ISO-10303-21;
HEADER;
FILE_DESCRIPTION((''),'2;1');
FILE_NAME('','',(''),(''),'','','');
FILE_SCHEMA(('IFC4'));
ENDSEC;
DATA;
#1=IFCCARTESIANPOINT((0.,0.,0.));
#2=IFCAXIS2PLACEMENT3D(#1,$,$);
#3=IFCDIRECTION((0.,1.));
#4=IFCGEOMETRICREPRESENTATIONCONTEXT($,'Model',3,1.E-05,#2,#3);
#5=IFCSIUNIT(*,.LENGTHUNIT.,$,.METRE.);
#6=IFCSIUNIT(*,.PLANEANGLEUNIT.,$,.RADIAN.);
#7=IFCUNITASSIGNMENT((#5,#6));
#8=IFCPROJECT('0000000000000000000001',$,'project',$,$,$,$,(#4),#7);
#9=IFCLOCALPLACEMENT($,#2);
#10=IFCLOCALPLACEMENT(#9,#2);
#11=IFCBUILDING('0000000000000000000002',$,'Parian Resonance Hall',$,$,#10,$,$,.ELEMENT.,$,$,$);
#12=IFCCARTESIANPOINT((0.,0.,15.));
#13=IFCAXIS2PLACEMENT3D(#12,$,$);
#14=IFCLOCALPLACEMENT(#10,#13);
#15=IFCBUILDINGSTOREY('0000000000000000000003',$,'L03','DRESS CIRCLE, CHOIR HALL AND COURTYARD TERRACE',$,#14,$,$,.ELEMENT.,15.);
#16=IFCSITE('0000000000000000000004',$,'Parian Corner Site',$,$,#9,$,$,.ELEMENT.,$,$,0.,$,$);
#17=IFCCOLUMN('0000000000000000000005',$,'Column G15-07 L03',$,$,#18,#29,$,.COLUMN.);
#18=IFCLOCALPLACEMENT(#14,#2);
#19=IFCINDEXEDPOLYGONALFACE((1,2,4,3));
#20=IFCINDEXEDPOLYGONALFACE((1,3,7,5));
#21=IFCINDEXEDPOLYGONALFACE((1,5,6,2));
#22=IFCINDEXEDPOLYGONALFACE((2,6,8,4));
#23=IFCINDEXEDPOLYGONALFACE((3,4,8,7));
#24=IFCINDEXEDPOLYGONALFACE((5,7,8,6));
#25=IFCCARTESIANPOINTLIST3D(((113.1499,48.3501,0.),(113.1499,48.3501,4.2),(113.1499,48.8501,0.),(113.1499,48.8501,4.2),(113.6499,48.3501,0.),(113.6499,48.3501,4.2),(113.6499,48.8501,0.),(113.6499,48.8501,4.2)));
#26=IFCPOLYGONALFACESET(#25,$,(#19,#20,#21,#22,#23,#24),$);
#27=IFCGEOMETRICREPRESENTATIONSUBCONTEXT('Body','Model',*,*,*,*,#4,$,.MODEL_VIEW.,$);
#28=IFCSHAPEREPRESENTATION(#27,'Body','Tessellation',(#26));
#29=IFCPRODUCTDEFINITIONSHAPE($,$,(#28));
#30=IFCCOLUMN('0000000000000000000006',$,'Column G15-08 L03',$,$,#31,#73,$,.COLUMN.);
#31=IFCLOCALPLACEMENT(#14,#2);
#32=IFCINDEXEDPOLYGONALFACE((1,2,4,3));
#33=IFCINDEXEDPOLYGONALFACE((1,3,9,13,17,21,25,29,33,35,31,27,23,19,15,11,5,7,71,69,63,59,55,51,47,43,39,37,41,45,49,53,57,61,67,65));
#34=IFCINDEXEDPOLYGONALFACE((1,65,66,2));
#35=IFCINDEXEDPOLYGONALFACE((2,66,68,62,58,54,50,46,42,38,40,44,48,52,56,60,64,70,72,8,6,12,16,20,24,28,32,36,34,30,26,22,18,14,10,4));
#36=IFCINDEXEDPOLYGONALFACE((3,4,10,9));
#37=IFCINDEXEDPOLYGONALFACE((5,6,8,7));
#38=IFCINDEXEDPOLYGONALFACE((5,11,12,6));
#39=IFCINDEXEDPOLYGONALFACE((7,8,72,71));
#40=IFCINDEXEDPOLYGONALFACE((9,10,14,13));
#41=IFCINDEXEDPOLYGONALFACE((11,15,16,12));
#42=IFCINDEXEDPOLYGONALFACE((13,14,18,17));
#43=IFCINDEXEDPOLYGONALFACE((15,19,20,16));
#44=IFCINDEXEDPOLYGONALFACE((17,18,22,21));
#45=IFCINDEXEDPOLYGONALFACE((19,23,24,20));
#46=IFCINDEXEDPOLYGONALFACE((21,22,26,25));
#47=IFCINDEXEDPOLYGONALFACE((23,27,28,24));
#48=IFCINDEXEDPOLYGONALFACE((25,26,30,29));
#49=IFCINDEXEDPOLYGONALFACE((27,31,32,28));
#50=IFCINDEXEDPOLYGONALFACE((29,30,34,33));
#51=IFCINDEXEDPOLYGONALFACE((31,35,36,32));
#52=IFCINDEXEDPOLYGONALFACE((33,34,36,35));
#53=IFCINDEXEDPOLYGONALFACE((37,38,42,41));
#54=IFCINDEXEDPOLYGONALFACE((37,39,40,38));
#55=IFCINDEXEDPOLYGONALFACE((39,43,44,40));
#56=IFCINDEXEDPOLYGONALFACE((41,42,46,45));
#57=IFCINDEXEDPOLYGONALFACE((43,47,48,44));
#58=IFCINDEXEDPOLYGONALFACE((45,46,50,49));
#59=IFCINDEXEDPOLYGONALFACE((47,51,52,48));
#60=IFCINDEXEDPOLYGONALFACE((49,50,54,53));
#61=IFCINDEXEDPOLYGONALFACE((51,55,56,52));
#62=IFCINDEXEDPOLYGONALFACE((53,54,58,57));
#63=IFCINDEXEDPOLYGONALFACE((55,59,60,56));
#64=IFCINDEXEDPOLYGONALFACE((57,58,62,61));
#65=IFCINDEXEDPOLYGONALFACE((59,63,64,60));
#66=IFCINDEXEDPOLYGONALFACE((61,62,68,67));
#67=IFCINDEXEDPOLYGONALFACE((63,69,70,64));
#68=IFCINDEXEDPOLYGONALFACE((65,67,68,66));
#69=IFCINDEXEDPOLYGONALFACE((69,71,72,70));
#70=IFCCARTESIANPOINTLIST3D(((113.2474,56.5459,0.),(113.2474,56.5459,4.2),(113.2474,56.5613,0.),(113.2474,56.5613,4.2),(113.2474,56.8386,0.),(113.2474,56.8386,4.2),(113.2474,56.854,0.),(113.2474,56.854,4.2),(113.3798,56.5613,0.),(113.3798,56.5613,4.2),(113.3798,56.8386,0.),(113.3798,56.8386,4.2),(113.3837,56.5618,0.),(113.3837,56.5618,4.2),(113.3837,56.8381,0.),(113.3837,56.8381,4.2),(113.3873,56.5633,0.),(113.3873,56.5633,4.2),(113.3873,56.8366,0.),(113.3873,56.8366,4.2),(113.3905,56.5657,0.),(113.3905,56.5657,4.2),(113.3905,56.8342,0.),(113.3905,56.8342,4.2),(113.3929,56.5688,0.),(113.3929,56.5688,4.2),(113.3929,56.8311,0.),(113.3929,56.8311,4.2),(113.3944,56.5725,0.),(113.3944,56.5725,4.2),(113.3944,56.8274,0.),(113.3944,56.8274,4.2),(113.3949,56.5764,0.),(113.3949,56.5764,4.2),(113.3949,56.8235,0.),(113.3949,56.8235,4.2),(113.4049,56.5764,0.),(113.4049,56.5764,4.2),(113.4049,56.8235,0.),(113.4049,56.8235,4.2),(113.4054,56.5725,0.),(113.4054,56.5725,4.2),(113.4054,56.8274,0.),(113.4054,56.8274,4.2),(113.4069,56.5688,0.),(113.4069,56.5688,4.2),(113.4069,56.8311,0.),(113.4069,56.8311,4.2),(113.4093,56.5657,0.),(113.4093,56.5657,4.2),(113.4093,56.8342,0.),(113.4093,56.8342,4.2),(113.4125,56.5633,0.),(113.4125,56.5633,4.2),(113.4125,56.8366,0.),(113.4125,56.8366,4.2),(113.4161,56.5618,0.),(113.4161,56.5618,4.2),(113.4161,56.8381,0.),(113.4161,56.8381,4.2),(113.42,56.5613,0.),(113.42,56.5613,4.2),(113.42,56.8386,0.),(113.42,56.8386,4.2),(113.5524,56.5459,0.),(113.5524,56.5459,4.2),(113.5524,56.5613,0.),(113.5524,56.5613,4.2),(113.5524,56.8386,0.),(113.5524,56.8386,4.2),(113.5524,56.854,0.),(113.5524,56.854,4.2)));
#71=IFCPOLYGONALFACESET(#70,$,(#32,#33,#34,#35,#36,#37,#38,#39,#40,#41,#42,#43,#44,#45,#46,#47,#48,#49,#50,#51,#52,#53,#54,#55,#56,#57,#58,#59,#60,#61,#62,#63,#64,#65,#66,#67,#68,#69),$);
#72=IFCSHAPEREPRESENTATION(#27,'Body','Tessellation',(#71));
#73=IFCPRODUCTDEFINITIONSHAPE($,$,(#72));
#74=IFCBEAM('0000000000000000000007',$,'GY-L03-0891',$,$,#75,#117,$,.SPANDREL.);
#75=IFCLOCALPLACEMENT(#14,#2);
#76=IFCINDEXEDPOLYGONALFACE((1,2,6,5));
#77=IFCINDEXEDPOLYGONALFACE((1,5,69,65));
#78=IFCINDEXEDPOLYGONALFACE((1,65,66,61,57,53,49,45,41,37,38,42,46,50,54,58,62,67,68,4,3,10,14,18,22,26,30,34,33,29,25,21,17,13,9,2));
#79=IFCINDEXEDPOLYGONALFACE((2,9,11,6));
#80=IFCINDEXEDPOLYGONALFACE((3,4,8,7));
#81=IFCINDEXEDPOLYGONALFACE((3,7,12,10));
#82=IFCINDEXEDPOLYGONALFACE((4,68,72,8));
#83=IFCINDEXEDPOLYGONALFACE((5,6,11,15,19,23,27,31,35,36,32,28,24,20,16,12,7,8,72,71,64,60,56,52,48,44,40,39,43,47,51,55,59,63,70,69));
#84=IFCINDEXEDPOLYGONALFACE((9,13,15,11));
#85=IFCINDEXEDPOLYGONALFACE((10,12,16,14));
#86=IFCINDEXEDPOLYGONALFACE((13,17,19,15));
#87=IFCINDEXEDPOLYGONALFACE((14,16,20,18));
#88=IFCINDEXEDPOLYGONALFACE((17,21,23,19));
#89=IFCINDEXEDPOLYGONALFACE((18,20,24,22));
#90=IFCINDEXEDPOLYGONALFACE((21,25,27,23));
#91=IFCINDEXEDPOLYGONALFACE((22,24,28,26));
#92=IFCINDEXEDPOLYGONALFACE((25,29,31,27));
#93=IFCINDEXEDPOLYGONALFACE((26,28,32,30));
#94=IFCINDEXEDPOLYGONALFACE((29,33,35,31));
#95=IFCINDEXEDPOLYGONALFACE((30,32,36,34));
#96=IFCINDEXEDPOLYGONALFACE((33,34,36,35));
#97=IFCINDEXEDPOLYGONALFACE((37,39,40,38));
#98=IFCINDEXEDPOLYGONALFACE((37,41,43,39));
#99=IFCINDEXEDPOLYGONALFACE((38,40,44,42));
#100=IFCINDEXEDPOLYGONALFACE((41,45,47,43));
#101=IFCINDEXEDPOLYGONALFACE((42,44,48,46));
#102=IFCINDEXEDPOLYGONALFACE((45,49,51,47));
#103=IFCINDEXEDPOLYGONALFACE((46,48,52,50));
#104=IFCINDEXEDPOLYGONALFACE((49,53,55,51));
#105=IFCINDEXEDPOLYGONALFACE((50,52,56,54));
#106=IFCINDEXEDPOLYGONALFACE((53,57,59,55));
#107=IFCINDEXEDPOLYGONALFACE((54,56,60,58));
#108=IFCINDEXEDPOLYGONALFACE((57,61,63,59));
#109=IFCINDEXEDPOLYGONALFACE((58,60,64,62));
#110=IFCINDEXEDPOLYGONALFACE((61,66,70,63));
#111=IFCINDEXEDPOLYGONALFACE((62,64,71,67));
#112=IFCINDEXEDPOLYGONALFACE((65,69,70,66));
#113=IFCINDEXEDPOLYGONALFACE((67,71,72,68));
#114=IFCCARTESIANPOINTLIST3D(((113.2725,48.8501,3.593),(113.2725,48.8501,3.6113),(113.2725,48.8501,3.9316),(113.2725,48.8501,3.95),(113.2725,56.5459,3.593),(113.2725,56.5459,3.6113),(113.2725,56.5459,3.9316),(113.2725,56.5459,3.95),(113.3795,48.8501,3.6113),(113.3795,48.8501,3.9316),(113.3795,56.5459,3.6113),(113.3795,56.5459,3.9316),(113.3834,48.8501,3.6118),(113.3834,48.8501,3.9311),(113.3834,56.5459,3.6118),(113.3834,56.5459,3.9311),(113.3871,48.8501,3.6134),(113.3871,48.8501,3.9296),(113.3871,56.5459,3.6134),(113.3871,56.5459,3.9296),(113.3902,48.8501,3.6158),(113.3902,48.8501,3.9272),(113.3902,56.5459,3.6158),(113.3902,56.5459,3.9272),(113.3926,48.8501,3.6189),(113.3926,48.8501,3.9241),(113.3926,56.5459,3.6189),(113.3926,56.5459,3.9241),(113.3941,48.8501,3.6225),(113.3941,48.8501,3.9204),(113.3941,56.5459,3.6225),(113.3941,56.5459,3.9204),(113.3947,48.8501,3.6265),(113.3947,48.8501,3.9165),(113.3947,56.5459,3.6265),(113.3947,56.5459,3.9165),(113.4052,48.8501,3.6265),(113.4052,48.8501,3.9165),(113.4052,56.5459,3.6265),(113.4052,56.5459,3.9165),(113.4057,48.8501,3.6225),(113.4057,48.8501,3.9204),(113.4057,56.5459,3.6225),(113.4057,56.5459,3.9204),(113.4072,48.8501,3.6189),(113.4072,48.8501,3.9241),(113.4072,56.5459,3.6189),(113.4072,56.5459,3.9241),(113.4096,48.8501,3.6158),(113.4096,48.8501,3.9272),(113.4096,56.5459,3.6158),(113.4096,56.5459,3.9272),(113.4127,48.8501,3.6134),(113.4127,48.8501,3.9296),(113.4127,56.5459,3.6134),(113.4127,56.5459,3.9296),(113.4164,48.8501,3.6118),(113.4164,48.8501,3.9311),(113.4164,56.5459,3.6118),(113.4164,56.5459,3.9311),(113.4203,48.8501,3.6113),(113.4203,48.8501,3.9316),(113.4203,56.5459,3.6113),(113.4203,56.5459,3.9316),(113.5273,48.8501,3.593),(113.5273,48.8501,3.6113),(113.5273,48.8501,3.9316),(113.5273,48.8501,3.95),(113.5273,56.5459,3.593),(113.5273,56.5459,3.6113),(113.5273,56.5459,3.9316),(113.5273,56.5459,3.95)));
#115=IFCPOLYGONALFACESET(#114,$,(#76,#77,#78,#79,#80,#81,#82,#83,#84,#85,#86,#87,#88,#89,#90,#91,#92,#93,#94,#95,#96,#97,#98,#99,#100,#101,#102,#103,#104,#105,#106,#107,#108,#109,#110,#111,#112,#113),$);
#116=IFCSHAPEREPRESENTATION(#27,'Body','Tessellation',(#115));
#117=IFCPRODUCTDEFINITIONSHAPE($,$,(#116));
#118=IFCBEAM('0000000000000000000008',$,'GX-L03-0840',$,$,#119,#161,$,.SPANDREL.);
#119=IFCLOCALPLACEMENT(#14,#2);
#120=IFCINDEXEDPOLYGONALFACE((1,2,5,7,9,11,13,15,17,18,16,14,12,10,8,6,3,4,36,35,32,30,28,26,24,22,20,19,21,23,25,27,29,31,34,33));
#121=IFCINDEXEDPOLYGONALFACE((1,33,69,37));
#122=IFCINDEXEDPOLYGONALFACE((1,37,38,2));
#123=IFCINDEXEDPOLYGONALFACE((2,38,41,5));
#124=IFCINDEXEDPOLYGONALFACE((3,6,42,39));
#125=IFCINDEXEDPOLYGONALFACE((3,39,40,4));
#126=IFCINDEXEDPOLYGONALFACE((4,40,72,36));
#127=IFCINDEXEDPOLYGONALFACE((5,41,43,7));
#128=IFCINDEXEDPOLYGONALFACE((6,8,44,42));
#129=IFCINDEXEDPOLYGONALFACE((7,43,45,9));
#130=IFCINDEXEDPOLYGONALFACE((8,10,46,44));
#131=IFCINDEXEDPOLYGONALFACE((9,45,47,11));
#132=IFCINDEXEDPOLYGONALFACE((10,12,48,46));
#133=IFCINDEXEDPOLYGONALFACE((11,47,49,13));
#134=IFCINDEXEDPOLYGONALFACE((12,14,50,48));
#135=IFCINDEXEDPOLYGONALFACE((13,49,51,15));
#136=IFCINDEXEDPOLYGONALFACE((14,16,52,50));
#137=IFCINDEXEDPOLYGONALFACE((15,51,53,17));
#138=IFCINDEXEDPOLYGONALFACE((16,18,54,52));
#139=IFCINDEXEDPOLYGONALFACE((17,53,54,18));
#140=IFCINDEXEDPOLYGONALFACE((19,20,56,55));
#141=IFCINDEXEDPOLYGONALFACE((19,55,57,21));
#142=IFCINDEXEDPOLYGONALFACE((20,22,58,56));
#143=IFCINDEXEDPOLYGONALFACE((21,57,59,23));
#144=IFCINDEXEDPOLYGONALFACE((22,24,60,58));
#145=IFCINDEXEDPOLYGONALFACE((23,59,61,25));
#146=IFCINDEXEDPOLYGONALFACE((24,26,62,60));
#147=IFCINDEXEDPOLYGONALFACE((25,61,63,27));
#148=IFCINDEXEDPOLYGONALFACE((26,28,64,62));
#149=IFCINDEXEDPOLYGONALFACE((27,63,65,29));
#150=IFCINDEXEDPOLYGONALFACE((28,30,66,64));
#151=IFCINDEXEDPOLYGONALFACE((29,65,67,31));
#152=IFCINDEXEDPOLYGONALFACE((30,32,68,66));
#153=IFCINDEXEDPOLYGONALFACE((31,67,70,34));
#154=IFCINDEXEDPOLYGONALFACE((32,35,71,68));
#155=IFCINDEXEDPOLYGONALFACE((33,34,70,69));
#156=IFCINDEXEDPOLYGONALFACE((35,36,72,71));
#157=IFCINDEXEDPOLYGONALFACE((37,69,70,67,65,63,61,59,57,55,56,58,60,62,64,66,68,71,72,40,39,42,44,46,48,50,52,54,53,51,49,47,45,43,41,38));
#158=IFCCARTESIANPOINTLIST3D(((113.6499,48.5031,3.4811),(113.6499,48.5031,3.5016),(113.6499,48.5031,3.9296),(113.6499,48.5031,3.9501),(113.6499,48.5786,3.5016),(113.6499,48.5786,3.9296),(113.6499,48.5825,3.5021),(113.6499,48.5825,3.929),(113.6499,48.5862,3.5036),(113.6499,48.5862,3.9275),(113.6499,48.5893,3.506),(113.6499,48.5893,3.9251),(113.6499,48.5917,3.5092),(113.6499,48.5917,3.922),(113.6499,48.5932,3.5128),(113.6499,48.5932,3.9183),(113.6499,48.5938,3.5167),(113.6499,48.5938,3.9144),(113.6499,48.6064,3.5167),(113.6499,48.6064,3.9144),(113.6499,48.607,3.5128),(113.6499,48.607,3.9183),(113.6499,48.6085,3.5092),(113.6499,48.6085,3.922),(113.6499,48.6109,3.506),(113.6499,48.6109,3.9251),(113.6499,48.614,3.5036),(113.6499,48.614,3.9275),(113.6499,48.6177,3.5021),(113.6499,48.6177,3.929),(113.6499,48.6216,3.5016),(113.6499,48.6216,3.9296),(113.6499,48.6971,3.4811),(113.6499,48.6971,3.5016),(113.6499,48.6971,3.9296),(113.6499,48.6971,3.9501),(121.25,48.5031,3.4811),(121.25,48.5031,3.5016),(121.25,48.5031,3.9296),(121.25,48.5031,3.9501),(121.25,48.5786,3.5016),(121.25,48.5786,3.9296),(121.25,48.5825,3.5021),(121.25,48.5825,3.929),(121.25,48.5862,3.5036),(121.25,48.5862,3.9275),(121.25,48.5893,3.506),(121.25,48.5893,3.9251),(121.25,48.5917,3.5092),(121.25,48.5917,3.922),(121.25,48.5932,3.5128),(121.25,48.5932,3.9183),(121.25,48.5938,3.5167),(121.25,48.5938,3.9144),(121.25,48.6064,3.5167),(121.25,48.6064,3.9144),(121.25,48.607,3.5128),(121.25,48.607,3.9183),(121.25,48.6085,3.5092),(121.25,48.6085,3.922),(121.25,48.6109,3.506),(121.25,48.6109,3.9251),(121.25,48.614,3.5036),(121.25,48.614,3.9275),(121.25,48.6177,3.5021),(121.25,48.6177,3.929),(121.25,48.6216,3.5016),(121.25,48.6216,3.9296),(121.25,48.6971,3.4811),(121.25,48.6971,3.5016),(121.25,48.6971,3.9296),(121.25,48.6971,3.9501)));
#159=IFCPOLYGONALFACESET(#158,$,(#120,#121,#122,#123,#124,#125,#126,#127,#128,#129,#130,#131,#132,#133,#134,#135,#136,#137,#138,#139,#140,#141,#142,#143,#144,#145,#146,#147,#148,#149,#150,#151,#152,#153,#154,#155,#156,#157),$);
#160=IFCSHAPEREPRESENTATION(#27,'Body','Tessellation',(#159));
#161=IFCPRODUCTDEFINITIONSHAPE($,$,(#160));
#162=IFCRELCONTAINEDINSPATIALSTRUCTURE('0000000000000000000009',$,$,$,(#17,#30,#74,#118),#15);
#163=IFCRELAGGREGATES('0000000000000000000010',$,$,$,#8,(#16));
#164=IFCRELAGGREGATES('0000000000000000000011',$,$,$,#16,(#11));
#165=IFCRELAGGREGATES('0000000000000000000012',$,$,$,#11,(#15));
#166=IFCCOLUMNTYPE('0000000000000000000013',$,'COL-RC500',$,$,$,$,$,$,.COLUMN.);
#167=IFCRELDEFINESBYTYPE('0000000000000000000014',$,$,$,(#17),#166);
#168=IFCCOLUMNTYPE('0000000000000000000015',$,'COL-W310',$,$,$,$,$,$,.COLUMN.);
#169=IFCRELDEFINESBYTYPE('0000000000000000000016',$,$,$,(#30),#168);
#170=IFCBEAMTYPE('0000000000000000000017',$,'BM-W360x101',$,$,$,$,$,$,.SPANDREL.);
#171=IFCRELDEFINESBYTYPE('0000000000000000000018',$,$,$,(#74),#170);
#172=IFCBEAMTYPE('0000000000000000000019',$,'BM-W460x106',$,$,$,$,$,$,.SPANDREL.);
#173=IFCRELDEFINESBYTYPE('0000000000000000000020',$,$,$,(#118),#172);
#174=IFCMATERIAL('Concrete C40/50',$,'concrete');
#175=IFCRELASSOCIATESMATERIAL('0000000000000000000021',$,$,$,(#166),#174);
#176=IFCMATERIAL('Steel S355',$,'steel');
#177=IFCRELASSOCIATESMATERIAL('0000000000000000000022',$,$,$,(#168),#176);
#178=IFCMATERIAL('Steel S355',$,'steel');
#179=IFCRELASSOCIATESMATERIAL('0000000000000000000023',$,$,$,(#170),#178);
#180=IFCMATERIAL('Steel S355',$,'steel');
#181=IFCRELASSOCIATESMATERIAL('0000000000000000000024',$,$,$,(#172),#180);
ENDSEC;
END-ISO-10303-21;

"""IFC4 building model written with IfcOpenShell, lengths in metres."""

from ifc_helpers import new_model, si_unit, direction, frame, origin, origin_2d, place, context, subcontext, project, spatial, rectangle, i_section, extrude, material, material_profile, profile_set, type_object, element, save


model = new_model("IFC4")

# Units and contexts
model_context = context("Model", 3, precision=1e-05, world=origin(), true_north=direction((0.0, 1.0)))
body_context = subcontext(model_context, "Body", "Model", "MODEL_VIEW")
ifc_project = project(units=[si_unit("LENGTHUNIT", "METRE"), si_unit("PLANEANGLEUNIT", "RADIAN")], contexts=[model_context])

# Site, building, storey
site_placement = place(None, origin())
site = spatial("IfcSite", under=ifc_project, at=site_placement, Name="Parian Corner Site", CompositionType="ELEMENT", RefElevation=0.0)
building_placement = place(site_placement, origin())
building = spatial("IfcBuilding", under=site, at=building_placement, Name="Parian Resonance Hall", CompositionType="ELEMENT")
storey_placement = place(building_placement, frame((0.0, 0.0, 15.0)))
storey = spatial("IfcBuildingStorey", under=building, at=storey_placement, Name="L03", Description="DRESS CIRCLE, CHOIR HALL AND COURTYARD TERRACE", CompositionType="ELEMENT", Elevation=15.0)

# Columns
ifc_material_1 = material(Name="Concrete C40/50", Category="concrete")
ifc_material_profile_1 = material_profile(ifc_material_1, rectangle(XDim=0.5, YDim=0.5, at=origin_2d()), Name="RC-COL-500x500")
ifc_profile_set_1 = profile_set([ifc_material_profile_1], Name="Concrete C40/50")
column_type_1 = type_object("IfcColumnType", Name="COL-RC500", PredefinedType="COLUMN", material=ifc_profile_set_1)
column_1_placement = place(storey_placement, frame((113.3999, 48.6001, 0.0), z_axis=(0.0, 0.0, 1.0), x_axis=(1.0, 0.0, 0.0)))
element("IfcColumn", 1, at=column_1_placement, inside=storey, type_object=column_type_1, Name="Column G15-07 L03", PredefinedType="COLUMN", context=body_context, shape_type="SweptSolid", body=[
    extrude(rectangle(XDim=0.5, YDim=0.5, at=origin_2d()), origin(), (0.0, 0.0, 1.0), 4.2),
])
ifc_material_2 = material(Name="Steel S355", Category="steel")
ifc_material_profile_2 = material_profile(ifc_material_2, i_section(OverallWidth=0.3049, OverallDepth=0.3081, WebThickness=0.01, FlangeThickness=0.0154, FilletRadius=0.0151, at=origin_2d()), Name="W310x97")
ifc_profile_set_2 = profile_set([ifc_material_profile_2], Name="Steel S355")
column_type_2 = type_object("IfcColumnType", Name="COL-W310", PredefinedType="COLUMN", material=ifc_profile_set_2)
column_2_placement = place(storey_placement, frame((113.3999, 56.7, 0.0), z_axis=(0.0, 0.0, 1.0), x_axis=(1.0, 0.0, 0.0)))
element("IfcColumn", 2, at=column_2_placement, inside=storey, type_object=column_type_2, Name="Column G15-08 L03", PredefinedType="COLUMN", context=body_context, shape_type="SweptSolid", body=[
    extrude(i_section(OverallWidth=0.3049, OverallDepth=0.3081, WebThickness=0.01, FlangeThickness=0.0154, FilletRadius=0.0151, at=origin_2d()), origin(), (0.0, 0.0, 1.0), 4.2),
])

# Beams
ifc_material_3 = material(Name="Steel S355", Category="steel")
ifc_material_profile_3 = material_profile(ifc_material_3, i_section(OverallWidth=0.2549, OverallDepth=0.3569, WebThickness=0.0105, FlangeThickness=0.0183, FilletRadius=0.0151, at=origin_2d()), Name="W360x101")
ifc_profile_set_3 = profile_set([ifc_material_profile_3], Name="Steel S355")
beam_type_1 = type_object("IfcBeamType", Name="BM-W360x101", PredefinedType="SPANDREL", material=ifc_profile_set_3)
beam_1_placement = place(storey_placement, frame((113.3999, 48.8501, 3.7715), z_axis=(0.0, 1.0, 0.0), x_axis=(-1.0, 0.0, 0.0)))
element("IfcBeam", 3, at=beam_1_placement, inside=storey, type_object=beam_type_1, Name="GY-L03-0891", PredefinedType="SPANDREL", context=body_context, shape_type="SweptSolid", body=[
    extrude(i_section(OverallWidth=0.2549, OverallDepth=0.3569, WebThickness=0.0105, FlangeThickness=0.0183, FilletRadius=0.0151, at=origin_2d()), origin(), (0.0, 0.0, 1.0), 7.6958),
])
ifc_material_4 = material(Name="Steel S355", Category="steel")
ifc_material_profile_4 = material_profile(ifc_material_4, i_section(OverallWidth=0.1941, OverallDepth=0.469, WebThickness=0.0127, FlangeThickness=0.0205, FilletRadius=0.0151, at=origin_2d()), Name="W460x106")
ifc_profile_set_4 = profile_set([ifc_material_profile_4], Name="Steel S355")
beam_type_2 = type_object("IfcBeamType", Name="BM-W460x106", PredefinedType="SPANDREL", material=ifc_profile_set_4)
beam_2_placement = place(storey_placement, frame((113.6499, 48.6001, 3.7156), z_axis=(1.0, 0.0, 0.0), x_axis=(0.0, 1.0, 0.0)))
element("IfcBeam", 4, at=beam_2_placement, inside=storey, type_object=beam_type_2, Name="GX-L03-0840", PredefinedType="SPANDREL", context=body_context, shape_type="SweptSolid", body=[
    extrude(i_section(OverallWidth=0.1941, OverallDepth=0.469, WebThickness=0.0127, FlangeThickness=0.0205, FilletRadius=0.0151, at=origin_2d()), origin(), (0.0, 0.0, 1.0), 7.6001),
])

save(model, "model.ifc")
